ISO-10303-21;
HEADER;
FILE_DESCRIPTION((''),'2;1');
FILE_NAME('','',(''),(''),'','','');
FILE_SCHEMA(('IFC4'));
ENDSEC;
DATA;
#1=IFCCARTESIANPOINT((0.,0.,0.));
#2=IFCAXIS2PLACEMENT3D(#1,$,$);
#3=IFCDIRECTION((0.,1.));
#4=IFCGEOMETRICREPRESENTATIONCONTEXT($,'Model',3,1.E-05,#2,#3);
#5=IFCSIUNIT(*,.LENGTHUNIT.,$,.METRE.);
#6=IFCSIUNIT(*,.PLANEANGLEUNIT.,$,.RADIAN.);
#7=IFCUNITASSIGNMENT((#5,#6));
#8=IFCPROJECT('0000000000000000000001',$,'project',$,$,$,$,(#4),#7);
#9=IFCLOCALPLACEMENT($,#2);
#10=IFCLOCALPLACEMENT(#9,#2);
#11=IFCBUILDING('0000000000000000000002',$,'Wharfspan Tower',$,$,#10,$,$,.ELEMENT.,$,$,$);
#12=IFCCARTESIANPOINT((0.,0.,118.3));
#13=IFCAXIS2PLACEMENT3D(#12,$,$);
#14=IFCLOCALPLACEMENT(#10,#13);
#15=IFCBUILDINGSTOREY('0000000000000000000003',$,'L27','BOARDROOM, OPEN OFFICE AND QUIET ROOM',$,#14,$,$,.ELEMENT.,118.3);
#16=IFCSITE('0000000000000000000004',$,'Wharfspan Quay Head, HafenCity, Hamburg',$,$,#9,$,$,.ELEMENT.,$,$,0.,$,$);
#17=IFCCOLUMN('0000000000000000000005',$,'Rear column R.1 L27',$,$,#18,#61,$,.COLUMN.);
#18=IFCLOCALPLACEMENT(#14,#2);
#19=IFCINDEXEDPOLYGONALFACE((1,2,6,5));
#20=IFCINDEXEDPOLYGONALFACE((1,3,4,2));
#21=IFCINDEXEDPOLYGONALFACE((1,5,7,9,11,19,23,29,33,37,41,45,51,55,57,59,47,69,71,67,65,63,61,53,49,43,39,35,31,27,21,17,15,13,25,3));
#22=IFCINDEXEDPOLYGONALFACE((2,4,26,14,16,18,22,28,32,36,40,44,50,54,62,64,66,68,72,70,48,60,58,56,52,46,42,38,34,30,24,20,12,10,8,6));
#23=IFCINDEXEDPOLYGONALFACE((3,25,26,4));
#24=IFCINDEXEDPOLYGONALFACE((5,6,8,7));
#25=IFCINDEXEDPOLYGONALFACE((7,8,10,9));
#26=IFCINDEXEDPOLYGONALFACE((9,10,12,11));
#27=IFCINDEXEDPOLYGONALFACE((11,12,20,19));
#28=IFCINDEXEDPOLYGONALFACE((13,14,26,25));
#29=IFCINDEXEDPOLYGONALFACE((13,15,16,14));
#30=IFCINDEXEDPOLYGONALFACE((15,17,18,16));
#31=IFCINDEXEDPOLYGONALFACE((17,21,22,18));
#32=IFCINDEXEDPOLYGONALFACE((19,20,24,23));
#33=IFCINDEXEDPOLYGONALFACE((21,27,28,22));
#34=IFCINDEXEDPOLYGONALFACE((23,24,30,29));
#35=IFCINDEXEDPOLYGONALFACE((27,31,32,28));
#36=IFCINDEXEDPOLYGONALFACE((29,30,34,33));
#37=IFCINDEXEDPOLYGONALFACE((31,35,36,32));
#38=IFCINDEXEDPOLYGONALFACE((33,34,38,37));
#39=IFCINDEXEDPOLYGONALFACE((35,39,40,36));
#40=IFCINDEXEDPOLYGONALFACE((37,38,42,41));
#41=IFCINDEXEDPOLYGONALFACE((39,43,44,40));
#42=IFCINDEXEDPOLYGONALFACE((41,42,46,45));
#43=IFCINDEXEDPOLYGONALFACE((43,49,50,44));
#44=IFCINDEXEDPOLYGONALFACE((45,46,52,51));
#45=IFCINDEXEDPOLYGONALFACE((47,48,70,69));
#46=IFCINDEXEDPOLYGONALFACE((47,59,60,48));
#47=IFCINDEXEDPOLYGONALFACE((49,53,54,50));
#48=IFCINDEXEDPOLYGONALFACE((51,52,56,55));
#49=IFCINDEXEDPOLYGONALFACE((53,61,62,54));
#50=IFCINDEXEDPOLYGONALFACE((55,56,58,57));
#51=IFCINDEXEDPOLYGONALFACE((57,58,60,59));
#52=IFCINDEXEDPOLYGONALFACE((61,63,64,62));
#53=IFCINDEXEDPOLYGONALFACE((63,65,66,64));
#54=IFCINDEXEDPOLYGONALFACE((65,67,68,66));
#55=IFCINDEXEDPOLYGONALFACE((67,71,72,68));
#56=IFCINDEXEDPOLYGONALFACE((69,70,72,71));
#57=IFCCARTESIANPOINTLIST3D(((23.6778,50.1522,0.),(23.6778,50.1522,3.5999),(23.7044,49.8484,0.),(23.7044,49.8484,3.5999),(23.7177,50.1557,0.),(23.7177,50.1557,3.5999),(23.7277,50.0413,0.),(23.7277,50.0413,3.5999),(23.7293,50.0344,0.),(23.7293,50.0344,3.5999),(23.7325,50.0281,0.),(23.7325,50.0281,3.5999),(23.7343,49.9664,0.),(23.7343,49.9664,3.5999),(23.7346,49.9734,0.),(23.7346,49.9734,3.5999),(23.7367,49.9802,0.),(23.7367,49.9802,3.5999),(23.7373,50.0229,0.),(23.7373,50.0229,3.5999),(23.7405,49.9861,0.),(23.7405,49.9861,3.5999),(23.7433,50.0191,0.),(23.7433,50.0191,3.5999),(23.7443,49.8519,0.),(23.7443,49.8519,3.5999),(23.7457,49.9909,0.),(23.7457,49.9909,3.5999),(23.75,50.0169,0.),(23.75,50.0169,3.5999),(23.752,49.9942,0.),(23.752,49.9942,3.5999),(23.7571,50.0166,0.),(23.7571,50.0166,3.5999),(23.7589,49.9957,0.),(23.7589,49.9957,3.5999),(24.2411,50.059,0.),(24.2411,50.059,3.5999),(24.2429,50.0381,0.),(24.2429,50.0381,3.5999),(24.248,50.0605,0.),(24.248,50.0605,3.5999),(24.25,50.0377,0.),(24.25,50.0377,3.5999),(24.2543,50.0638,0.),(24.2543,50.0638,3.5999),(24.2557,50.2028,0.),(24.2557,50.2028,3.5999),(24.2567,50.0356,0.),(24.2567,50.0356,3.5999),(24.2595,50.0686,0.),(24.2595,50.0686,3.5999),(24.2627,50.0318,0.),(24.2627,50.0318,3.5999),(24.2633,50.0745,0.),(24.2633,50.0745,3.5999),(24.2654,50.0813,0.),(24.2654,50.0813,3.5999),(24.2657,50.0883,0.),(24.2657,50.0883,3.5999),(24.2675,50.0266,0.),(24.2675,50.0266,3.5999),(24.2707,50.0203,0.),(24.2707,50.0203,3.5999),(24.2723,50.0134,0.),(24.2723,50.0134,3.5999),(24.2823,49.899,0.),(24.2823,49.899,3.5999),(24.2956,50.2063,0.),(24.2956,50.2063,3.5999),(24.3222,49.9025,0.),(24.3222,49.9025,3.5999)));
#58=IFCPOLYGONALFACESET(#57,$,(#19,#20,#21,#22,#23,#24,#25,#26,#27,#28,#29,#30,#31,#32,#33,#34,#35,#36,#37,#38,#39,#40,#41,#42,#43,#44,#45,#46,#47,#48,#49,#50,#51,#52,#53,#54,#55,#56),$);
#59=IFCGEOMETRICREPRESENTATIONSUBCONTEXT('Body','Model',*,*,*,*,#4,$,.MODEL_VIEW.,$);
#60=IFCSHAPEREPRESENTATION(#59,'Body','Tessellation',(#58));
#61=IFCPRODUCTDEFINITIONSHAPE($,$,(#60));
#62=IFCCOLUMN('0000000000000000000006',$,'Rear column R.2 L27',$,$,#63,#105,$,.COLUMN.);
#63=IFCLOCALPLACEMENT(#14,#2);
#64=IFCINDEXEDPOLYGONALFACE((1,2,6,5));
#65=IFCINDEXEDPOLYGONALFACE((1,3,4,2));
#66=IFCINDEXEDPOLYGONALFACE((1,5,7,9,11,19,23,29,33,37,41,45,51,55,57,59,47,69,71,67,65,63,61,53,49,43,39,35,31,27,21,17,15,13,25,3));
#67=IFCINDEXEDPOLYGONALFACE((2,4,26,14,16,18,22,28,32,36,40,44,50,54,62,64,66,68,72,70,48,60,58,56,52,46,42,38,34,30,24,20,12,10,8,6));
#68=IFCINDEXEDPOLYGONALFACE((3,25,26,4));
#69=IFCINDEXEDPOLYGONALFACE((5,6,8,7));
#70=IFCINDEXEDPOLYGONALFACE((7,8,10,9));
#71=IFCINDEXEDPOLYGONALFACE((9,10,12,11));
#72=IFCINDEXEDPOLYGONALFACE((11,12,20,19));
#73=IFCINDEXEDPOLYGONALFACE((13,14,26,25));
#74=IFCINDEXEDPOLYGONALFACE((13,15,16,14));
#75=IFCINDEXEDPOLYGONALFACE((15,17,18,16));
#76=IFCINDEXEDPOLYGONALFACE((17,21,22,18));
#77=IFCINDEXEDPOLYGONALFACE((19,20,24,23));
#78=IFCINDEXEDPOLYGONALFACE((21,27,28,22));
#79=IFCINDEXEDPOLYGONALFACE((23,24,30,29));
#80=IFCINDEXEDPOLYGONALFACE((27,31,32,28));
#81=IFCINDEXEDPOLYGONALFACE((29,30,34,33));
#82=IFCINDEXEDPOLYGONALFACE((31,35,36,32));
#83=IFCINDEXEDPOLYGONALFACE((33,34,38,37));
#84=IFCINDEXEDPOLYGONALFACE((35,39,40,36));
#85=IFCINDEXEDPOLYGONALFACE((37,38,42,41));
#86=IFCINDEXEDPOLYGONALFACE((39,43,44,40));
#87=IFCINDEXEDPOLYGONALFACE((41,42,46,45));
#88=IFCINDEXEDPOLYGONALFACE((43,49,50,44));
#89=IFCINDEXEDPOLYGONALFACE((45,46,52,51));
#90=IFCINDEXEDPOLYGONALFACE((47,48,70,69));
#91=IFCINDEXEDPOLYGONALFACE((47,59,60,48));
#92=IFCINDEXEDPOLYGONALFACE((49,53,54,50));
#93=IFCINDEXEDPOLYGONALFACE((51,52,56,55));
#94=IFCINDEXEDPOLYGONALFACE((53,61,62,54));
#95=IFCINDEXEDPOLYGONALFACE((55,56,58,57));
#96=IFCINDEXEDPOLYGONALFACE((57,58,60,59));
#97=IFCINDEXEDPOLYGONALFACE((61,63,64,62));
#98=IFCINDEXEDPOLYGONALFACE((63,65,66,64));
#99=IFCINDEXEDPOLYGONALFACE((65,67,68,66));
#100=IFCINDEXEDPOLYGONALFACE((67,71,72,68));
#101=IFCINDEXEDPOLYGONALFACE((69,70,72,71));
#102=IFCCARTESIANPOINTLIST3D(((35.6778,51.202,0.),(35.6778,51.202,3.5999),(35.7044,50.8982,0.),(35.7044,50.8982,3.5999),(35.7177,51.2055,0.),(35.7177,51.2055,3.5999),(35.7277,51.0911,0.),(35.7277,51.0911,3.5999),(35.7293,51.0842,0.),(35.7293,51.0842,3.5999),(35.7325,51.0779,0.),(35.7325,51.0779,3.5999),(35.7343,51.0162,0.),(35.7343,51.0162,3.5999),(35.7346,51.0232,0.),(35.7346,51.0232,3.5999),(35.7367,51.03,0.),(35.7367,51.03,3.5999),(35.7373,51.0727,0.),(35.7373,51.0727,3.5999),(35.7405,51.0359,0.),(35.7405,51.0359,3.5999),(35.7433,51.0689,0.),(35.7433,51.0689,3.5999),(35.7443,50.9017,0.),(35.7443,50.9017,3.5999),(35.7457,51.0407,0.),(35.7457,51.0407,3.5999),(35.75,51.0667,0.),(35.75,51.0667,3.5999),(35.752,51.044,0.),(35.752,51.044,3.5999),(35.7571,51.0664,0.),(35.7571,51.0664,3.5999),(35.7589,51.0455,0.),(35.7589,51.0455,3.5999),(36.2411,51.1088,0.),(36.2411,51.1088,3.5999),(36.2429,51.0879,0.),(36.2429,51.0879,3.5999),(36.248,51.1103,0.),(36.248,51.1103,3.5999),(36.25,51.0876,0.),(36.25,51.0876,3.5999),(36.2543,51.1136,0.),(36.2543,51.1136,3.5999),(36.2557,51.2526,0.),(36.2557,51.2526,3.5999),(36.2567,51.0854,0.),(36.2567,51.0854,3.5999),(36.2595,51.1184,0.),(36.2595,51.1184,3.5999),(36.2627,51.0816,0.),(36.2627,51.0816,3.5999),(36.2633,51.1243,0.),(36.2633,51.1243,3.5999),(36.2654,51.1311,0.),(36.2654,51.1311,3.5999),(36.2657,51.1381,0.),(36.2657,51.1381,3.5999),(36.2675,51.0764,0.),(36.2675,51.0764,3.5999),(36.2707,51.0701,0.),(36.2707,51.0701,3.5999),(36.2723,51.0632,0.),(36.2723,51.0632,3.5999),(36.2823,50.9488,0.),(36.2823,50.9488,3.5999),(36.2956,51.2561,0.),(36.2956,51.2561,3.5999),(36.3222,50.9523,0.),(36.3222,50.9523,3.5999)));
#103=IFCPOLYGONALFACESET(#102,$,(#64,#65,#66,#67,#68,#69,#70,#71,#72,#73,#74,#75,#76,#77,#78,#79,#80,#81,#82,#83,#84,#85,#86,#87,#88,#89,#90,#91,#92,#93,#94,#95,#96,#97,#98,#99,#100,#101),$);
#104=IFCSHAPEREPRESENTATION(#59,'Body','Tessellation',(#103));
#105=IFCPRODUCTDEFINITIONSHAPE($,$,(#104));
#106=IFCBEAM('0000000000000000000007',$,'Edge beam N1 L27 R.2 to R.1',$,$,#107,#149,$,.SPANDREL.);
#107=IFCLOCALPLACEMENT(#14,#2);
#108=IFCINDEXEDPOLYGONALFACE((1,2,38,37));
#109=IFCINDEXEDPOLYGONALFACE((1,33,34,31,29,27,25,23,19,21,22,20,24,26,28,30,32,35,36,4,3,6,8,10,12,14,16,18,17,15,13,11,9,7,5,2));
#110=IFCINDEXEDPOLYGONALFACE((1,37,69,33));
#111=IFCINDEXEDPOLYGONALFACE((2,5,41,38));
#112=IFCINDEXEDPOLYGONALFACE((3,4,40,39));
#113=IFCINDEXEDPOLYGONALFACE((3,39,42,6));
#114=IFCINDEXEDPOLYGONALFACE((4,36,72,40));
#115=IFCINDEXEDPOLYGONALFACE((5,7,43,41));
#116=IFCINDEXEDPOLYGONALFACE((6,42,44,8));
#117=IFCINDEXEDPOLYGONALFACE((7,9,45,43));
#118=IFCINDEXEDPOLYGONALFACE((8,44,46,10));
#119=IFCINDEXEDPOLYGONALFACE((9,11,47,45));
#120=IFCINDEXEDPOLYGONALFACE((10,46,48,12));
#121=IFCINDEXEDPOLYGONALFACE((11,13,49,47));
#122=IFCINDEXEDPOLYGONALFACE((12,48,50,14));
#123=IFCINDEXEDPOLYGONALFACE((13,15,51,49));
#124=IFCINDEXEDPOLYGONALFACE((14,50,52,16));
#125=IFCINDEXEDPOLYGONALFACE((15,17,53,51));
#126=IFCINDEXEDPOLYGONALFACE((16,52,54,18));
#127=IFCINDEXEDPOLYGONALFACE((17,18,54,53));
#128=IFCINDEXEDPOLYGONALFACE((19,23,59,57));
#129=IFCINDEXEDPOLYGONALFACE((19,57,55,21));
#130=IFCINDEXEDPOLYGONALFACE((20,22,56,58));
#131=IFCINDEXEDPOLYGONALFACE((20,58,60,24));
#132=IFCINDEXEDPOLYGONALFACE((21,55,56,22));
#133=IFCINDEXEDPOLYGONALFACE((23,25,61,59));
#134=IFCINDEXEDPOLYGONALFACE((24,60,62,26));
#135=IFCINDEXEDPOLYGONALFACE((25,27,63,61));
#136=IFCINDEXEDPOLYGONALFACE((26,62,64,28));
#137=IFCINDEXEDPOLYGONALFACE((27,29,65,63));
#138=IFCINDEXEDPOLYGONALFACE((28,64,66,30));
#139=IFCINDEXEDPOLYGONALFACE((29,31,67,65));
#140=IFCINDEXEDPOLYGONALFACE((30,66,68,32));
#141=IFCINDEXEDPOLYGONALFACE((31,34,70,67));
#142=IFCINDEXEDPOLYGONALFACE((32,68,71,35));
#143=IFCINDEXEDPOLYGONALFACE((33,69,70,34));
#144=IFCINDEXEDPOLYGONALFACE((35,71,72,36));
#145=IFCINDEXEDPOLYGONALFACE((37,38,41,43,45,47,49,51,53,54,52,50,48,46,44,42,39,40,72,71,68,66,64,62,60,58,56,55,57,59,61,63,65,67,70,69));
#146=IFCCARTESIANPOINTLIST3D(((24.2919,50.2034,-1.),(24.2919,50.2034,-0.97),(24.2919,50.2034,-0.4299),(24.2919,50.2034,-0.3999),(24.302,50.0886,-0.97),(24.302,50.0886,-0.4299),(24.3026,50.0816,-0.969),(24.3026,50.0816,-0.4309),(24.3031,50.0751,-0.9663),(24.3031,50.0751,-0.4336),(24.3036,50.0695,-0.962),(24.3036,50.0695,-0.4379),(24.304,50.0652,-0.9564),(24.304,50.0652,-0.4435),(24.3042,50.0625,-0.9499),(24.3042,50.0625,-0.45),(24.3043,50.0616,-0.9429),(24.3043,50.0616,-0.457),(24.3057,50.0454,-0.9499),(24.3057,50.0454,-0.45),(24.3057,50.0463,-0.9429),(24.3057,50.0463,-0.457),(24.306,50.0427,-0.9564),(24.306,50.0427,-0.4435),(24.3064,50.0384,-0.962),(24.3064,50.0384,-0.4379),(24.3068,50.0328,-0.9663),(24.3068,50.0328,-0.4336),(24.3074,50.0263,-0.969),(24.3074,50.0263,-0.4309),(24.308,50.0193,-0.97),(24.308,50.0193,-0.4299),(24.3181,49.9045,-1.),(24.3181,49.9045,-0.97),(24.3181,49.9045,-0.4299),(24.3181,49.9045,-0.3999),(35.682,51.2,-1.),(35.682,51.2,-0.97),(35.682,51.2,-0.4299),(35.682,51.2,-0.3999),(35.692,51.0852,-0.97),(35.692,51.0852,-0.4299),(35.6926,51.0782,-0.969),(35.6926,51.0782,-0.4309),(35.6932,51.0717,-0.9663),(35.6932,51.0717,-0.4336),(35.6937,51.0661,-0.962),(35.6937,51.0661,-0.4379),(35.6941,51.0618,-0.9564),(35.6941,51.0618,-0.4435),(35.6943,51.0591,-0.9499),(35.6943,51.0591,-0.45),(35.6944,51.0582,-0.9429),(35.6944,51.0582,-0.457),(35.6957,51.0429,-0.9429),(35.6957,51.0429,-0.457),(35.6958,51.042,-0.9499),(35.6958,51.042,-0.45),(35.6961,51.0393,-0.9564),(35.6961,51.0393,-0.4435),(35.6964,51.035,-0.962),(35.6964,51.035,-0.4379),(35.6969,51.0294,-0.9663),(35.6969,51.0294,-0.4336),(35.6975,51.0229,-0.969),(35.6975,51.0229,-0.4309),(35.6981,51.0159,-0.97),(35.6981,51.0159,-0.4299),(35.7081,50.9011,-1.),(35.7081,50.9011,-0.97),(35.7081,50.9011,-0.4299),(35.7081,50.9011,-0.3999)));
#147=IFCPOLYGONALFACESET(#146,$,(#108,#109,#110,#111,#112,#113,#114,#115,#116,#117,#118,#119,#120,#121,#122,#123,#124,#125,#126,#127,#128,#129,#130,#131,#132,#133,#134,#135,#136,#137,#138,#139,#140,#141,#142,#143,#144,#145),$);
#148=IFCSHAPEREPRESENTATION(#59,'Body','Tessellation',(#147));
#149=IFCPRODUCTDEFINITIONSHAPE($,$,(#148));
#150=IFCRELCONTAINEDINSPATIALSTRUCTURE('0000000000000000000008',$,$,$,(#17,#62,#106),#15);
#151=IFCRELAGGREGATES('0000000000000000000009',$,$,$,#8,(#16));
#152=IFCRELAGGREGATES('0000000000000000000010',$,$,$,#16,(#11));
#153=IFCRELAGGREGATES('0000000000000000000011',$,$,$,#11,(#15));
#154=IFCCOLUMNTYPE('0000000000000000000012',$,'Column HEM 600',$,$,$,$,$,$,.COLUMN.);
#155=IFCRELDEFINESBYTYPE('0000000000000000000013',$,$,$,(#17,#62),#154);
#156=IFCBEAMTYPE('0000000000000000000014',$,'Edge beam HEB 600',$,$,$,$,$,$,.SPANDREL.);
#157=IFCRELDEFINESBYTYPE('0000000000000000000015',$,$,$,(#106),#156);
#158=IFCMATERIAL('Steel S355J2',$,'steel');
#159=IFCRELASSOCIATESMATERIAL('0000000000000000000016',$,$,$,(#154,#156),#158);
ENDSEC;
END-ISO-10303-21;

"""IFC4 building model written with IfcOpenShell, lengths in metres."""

from ifc_helpers import new_model, si_unit, direction, frame, origin, origin_2d, place, context, subcontext, project, spatial, i_section, extrude, material, material_profile, profile_set, type_object, element, save


model = new_model("IFC4")

# Units and contexts
model_context = context("Model", 3, precision=1e-05, world=origin(), true_north=direction((0.0, 1.0)))
body_context = subcontext(model_context, "Body", "Model", "MODEL_VIEW")
ifc_project = project(units=[si_unit("LENGTHUNIT", "METRE"), si_unit("PLANEANGLEUNIT", "RADIAN")], contexts=[model_context])

# Site, building, storey
site_placement = place(None, origin())
site = spatial("IfcSite", under=ifc_project, at=site_placement, Name="Wharfspan Quay Head, HafenCity, Hamburg", CompositionType="ELEMENT", RefElevation=0.0)
building_placement = place(site_placement, origin())
building = spatial("IfcBuilding", under=site, at=building_placement, Name="Wharfspan Tower", CompositionType="ELEMENT")
storey_placement = place(building_placement, frame((0.0, 0.0, 118.3)))
storey = spatial("IfcBuildingStorey", under=building, at=storey_placement, Name="L27", Description="BOARDROOM, OPEN OFFICE AND QUIET ROOM", CompositionType="ELEMENT", Elevation=118.3)

# Columns
ifc_material_1 = material(Name="Steel S355J2", Category="steel")
ifc_material_profile_1 = material_profile(ifc_material_1, i_section(OverallWidth=0.3049, OverallDepth=0.6201, WebThickness=0.021, FlangeThickness=0.04, FilletRadius=0.0271, at=origin_2d()))
ifc_profile_set_1 = profile_set([ifc_material_profile_1], Name="Steel S355J2")
column_type = type_object("IfcColumnType", Name="Column HEM 600", PredefinedType="COLUMN", material=ifc_profile_set_1)
for number, where, z_axis, x_axis, name in (
    (1, (24.0, 50.0273, 0.0), (0.0, 0.0, 1.0), (-0.087156, 0.996198, 0.0), "Rear column R.1 L27"),
    (2, (36.0, 51.0771, 0.0), (0.0, 0.0, 1.0), (-0.087156, 0.996198, 0.0), "Rear column R.2 L27"),
):
    element("IfcColumn", number, at=place(storey_placement, frame(where, z_axis=z_axis, x_axis=x_axis)), inside=storey, type_object=column_type, Name=name, PredefinedType="COLUMN", context=body_context, shape_type="SweptSolid", body=[
        extrude(i_section(OverallWidth=0.3049, OverallDepth=0.6201, WebThickness=0.021, FlangeThickness=0.04, FilletRadius=0.0271, at=origin_2d()), origin(), (0.0, 0.0, 1.0), 3.5999),
    ])

# Beam
ifc_material_profile_2 = material_profile(ifc_material_1, i_section(OverallWidth=0.3, OverallDepth=0.6001, WebThickness=0.0154, FlangeThickness=0.03, FilletRadius=0.0271, at=origin_2d()))
ifc_profile_set_2 = profile_set([ifc_material_profile_2], Name="Steel S355J2")
beam_type = type_object("IfcBeamType", Name="Edge beam HEB 600", PredefinedType="SPANDREL", material=ifc_profile_set_2)
beam_placement = place(storey_placement, frame((35.6951, 51.0505, -0.7), z_axis=(-0.996194, -0.087162, 0.0), x_axis=(0.087162, -0.996194, 0.0)))
element("IfcBeam", 3, at=beam_placement, inside=storey, type_object=beam_type, Name="Edge beam N1 L27 R.2 to R.1", PredefinedType="SPANDREL", context=body_context, shape_type="SweptSolid", body=[
    extrude(i_section(OverallWidth=0.3, OverallDepth=0.6001, WebThickness=0.0154, FlangeThickness=0.03, FilletRadius=0.0271, at=origin_2d()), origin(), (0.0, 0.0, 1.0), 11.4336),
])

save(model, "model.ifc")
